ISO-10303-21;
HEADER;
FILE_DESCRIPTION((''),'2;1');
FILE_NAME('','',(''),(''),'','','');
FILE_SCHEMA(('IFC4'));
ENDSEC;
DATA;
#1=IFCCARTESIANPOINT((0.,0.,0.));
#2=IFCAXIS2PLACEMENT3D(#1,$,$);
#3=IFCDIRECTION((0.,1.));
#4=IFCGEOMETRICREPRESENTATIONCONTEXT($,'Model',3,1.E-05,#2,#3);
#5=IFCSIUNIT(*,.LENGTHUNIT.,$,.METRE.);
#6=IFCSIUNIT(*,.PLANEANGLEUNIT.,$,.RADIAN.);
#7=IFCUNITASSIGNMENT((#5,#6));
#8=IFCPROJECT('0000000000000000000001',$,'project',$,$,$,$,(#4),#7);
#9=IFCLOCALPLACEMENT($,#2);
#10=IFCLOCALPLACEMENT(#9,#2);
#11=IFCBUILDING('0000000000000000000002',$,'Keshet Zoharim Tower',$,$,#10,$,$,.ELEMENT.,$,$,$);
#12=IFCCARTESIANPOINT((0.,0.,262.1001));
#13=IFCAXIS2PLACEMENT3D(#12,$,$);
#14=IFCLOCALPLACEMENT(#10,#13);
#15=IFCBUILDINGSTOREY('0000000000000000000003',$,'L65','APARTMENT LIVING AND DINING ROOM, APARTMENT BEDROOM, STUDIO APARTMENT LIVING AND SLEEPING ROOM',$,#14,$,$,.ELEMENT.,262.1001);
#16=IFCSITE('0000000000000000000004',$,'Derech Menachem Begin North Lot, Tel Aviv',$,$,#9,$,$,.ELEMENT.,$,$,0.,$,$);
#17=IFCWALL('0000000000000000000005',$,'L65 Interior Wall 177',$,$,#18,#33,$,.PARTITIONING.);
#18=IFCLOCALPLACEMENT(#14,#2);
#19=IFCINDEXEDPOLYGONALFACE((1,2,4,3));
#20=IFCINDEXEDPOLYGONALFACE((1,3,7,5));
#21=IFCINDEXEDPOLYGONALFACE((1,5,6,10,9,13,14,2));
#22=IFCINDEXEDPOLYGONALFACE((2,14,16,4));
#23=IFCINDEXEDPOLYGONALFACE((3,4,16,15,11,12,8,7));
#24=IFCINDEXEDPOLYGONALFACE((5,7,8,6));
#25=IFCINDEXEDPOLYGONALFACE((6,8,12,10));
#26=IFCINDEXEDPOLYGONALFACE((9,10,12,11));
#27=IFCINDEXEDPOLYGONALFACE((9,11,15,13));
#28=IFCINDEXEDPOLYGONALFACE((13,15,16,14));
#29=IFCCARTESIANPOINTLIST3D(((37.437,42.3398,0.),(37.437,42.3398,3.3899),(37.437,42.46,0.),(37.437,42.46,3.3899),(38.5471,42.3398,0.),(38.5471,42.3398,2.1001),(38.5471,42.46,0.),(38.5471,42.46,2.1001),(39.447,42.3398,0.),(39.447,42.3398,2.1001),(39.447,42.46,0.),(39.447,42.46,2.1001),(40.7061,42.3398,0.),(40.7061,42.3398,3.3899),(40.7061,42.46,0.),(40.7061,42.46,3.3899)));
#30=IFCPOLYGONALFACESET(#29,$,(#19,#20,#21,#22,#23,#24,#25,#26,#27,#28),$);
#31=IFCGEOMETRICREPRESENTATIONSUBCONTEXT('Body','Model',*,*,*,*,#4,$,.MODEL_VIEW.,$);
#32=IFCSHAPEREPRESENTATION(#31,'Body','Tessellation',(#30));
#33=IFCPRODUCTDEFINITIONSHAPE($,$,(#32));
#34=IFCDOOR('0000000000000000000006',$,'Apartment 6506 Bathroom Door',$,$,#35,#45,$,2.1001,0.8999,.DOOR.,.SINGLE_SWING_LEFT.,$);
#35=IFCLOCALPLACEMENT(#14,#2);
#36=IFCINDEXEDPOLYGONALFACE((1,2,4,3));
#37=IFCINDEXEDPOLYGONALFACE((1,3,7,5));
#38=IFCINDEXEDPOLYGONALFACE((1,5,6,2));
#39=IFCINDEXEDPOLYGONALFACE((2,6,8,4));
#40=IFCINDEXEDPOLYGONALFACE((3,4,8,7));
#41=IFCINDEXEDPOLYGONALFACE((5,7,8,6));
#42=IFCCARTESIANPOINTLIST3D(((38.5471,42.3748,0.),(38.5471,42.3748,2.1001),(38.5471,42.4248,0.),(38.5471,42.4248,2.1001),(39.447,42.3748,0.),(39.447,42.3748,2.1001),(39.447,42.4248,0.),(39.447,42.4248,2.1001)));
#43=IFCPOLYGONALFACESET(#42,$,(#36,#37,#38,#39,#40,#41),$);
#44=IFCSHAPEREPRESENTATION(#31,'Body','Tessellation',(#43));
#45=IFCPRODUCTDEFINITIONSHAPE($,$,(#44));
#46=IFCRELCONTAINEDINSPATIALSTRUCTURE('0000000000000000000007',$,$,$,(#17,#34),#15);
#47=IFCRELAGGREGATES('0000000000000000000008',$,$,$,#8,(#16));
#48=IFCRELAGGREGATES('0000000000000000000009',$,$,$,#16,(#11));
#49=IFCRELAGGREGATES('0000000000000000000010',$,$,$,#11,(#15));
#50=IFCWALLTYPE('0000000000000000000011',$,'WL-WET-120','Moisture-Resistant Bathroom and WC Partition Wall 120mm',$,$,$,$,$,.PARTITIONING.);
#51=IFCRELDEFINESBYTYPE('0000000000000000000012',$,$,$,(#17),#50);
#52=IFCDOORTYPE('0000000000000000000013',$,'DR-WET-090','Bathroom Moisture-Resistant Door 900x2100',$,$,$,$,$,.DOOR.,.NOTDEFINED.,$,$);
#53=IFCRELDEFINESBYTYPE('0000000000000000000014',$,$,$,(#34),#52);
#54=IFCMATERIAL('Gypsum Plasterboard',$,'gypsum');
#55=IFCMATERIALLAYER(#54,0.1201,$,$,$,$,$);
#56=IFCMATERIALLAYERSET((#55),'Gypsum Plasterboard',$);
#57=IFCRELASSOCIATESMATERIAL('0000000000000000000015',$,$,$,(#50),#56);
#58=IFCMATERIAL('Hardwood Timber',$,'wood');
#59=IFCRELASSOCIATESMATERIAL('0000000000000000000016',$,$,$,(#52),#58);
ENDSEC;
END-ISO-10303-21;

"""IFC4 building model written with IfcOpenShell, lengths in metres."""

from ifc_helpers import new_model, si_unit, direction, frame, frame_2d, origin, place, context, subcontext, project, spatial, rectangle, extrude, material, layer, layer_set, type_object, element, fill, save


model = new_model("IFC4")

# Units and contexts
model_context = context("Model", 3, precision=1e-05, world=origin(), true_north=direction((0.0, 1.0)))
body_context = subcontext(model_context, "Body", "Model", "MODEL_VIEW")
ifc_project = project(units=[si_unit("LENGTHUNIT", "METRE"), si_unit("PLANEANGLEUNIT", "RADIAN")], contexts=[model_context])

# Site, building, storey
site_placement = place(None, origin())
site = spatial("IfcSite", under=ifc_project, at=site_placement, Name="Derech Menachem Begin North Lot, Tel Aviv", CompositionType="ELEMENT", RefElevation=0.0)
building_placement = place(site_placement, origin())
building = spatial("IfcBuilding", under=site, at=building_placement, Name="Keshet Zoharim Tower", CompositionType="ELEMENT")
storey_placement = place(building_placement, frame((0.0, 0.0, 262.1001)))
storey = spatial("IfcBuildingStorey", under=building, at=storey_placement, Name="L65", Description="APARTMENT LIVING AND DINING ROOM, APARTMENT BEDROOM, STUDIO APARTMENT LIVING AND SLEEPING ROOM", CompositionType="ELEMENT", Elevation=262.1001)

# Shared definitions
ifc_material_1 = material(Name="Gypsum Plasterboard", Category="gypsum")
ifc_layer_1 = layer(ifc_material_1, 0.1201)
ifc_layer_set_1 = layer_set([ifc_layer_1], Name="Gypsum Plasterboard")
wall_type_1 = type_object("IfcWallType", Name="WL-WET-120", Description="Moisture-Resistant Bathroom and WC Partition Wall 120mm", PredefinedType="PARTITIONING", material=ifc_layer_set_1)

# Wall, opening, door
wall_1_placement = place(storey_placement, frame((37.437, 42.3999, 0.0), z_axis=(0.0, 0.0, 1.0), x_axis=(1.0, 0.0, 0.0)))
wall_1 = element("IfcWall", 1, at=wall_1_placement, inside=storey, type_object=wall_type_1, Name="L65 Interior Wall 177", PredefinedType="PARTITIONING", context=body_context, shape_type="SweptSolid", body=[
    extrude(rectangle(XDim=3.269, YDim=0.1201, at=frame_2d((1.6345, 0.0))), origin(), (0.0, 0.0, 1.0), 3.3899),
])
opening_placement = place(wall_1_placement, frame((1.1101, 0.0, 0.0)))
opening = element("IfcOpeningElement", 2, at=opening_placement, cuts=wall_1, PredefinedType="OPENING", context=body_context, shape_type="SweptSolid", body=[
    extrude(rectangle(XDim=0.8999, YDim=2.1001, at=frame_2d((0.45, 1.05))), frame((0.0, 0.0701, 0.0), z_axis=(0.0, -1.0, 0.0), x_axis=(1.0, 0.0, 0.0)), (0.0, 0.0, 1.0), 0.1401),
])
ifc_material_2 = material(Name="Hardwood Timber", Category="wood")
door_type = type_object("IfcDoorType", Name="DR-WET-090", Description="Bathroom Moisture-Resistant Door 900x2100", OperationType="NOTDEFINED", PredefinedType="DOOR", material=ifc_material_2)
door_placement = place(opening_placement, origin())
door = element("IfcDoor", 3, at=door_placement, inside=storey, type_object=door_type, Name="Apartment 6506 Bathroom Door", OperationType="SINGLE_SWING_LEFT", OverallHeight=2.1001, OverallWidth=0.8999, PredefinedType="DOOR", context=body_context, shape_type="SweptSolid", body=[
    extrude(rectangle(XDim=0.8999, YDim=2.1001, at=frame_2d((0.45, 1.05))), frame((0.0, 0.0249, 0.0), z_axis=(0.0, -1.0, 0.0), x_axis=(1.0, 0.0, 0.0)), (0.0, 0.0, 1.0), 0.05),
])
fill(opening, door)

save(model, "model.ifc")
